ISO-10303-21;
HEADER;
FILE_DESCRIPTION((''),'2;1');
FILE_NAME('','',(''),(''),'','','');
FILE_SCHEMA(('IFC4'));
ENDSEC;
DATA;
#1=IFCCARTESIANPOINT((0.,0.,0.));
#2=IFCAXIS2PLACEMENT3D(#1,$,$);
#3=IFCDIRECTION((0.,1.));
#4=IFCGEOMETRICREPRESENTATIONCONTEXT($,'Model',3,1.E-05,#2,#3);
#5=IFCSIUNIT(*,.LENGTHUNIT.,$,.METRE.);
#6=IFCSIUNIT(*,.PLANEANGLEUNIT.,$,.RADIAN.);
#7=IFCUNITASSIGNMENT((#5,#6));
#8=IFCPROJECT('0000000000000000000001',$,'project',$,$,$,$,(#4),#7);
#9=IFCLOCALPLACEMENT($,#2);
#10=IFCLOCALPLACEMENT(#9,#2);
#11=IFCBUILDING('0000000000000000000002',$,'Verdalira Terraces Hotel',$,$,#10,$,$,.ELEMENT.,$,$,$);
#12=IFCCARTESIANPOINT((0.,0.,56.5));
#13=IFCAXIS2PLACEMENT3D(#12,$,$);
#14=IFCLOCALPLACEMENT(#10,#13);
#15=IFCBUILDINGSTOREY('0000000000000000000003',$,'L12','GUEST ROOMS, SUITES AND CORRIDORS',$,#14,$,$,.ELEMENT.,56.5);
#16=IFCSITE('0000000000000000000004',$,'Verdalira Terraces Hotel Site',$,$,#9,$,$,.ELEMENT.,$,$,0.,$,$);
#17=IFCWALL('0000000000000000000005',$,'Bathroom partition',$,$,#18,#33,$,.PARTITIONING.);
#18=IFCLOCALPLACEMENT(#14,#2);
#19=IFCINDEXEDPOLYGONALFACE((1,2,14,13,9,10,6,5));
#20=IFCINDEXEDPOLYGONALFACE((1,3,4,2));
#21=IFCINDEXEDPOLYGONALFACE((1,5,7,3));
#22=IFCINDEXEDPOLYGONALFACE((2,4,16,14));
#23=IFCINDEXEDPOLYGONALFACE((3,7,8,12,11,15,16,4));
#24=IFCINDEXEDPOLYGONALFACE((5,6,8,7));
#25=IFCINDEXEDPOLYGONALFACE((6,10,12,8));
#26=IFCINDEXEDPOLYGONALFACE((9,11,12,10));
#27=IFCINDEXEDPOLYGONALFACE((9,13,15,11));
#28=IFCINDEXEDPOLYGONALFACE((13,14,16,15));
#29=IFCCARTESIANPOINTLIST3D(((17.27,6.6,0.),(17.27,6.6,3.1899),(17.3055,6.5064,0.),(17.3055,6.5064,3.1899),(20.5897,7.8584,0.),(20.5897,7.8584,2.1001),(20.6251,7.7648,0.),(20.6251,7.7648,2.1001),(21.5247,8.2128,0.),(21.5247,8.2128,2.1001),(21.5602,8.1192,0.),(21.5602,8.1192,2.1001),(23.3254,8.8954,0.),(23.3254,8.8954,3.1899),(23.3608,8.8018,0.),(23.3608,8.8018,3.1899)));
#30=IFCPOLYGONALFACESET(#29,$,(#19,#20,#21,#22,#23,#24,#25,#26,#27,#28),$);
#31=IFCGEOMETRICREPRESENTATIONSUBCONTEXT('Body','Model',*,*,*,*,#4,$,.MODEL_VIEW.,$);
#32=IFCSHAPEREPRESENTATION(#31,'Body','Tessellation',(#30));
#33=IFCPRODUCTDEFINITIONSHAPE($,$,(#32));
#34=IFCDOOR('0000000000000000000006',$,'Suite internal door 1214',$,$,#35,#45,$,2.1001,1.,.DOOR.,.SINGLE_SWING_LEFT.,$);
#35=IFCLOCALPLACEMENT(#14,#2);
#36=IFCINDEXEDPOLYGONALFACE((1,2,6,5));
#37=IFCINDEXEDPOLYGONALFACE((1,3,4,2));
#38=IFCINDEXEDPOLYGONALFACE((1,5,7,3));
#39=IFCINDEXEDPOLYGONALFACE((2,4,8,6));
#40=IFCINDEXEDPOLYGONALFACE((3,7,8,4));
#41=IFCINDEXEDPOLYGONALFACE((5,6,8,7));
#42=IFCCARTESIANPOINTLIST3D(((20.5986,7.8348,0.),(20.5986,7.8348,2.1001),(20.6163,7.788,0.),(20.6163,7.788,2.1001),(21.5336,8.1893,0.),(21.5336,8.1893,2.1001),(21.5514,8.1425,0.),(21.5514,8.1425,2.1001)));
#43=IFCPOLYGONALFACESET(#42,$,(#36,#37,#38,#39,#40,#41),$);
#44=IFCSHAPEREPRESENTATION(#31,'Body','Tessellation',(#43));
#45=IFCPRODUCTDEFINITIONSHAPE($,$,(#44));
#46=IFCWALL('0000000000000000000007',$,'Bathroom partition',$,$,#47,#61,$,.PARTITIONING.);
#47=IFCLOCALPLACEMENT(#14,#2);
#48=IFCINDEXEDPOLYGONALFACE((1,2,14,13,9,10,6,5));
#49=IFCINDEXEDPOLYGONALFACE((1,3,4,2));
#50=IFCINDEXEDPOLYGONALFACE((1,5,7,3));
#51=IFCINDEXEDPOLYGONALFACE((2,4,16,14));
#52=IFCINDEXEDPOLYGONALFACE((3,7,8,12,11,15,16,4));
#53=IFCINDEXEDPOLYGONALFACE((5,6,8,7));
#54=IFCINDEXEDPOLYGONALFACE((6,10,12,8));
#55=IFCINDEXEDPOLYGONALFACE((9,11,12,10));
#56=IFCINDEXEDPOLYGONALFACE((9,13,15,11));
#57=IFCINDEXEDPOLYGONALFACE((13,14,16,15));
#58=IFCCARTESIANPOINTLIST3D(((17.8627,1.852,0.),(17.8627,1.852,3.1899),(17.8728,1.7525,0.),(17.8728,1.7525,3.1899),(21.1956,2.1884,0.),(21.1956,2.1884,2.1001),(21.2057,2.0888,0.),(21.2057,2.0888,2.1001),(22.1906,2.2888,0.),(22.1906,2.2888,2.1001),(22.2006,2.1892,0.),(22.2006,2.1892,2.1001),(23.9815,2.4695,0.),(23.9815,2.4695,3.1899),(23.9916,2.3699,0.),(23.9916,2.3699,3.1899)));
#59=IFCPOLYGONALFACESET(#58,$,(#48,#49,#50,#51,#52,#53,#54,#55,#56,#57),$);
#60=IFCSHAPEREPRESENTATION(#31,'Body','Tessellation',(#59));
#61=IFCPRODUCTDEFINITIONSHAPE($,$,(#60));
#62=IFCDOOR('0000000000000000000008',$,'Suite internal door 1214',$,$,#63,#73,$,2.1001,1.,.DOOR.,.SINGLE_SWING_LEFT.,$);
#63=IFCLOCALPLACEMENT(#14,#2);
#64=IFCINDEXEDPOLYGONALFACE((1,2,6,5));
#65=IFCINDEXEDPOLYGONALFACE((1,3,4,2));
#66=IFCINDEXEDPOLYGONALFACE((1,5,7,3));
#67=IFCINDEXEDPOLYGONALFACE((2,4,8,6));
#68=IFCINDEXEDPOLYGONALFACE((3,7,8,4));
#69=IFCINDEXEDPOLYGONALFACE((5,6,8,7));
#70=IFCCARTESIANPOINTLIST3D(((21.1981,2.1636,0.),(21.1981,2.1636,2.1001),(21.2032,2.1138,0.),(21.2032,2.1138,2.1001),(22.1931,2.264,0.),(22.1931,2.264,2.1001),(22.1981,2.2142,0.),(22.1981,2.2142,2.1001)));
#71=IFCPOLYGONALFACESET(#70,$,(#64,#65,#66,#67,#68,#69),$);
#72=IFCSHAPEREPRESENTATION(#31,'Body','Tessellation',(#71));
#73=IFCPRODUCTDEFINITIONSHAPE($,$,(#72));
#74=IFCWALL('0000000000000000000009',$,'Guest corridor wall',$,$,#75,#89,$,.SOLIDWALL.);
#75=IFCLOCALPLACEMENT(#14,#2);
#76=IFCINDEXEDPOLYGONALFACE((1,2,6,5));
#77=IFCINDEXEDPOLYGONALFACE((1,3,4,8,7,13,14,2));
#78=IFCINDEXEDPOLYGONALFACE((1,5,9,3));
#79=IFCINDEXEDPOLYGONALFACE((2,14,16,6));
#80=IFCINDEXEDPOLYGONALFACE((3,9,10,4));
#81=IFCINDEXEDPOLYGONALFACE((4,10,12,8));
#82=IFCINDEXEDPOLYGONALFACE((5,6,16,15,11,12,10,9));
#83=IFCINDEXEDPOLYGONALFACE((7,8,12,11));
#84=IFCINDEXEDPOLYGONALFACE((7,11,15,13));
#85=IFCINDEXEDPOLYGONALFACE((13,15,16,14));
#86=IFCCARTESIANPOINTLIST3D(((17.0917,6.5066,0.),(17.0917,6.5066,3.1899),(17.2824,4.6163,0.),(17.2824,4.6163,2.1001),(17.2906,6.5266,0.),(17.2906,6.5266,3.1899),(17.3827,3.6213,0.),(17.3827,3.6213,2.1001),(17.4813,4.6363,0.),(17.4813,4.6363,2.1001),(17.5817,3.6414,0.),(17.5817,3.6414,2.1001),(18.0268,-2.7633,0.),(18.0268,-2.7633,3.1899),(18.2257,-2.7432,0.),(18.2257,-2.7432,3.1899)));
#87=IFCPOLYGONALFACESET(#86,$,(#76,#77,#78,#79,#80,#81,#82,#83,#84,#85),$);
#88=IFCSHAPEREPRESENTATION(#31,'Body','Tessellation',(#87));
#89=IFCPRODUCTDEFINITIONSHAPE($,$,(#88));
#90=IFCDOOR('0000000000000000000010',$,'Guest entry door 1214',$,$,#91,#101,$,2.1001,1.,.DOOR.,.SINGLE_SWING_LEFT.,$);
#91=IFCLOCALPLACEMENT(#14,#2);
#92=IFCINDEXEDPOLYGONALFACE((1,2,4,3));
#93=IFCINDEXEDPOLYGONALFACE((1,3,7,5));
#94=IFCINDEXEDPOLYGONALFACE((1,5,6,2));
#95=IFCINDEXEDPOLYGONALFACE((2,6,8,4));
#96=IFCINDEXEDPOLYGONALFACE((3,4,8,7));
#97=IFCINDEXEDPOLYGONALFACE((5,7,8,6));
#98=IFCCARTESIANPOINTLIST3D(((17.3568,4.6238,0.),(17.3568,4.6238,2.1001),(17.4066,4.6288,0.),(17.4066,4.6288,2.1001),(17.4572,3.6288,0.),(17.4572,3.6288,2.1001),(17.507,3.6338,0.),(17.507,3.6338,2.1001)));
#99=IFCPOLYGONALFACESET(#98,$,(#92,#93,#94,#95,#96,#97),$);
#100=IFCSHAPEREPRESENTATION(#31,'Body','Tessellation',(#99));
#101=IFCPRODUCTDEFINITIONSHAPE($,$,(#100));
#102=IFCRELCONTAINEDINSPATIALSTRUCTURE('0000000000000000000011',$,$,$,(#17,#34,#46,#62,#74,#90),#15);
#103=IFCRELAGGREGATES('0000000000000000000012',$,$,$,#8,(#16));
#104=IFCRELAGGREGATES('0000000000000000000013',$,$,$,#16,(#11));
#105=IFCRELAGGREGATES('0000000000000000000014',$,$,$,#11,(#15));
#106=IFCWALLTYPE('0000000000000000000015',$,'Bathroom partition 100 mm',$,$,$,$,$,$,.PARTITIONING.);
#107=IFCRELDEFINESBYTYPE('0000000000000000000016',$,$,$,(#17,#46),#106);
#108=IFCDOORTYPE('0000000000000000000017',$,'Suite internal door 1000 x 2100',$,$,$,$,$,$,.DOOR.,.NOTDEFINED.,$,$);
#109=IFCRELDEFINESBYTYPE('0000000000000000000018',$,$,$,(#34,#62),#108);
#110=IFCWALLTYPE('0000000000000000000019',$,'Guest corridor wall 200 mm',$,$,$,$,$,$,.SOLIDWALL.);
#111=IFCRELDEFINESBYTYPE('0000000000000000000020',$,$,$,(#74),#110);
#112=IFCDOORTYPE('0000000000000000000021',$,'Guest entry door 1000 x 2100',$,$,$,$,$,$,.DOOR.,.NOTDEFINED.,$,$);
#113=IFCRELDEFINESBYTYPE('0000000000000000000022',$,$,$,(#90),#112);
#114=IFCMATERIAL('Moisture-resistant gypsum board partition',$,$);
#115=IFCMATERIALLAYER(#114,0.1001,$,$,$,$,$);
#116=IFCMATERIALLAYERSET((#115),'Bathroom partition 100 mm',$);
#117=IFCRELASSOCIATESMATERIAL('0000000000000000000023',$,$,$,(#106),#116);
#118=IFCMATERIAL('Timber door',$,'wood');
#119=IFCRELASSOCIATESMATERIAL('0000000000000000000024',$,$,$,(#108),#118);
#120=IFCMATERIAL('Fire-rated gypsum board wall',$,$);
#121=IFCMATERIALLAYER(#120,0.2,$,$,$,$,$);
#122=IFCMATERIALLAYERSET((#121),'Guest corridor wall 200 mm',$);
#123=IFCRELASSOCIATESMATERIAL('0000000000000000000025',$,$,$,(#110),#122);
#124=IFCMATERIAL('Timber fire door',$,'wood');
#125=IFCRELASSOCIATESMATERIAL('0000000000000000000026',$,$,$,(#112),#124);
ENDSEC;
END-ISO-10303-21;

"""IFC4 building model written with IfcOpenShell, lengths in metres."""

from ifc_helpers import new_model, si_unit, direction, frame, frame_2d, origin, place, context, subcontext, project, spatial, rectangle, extrude, material, layer, layer_set, type_object, element, fill, save


model = new_model("IFC4")

# Units and contexts
model_context = context("Model", 3, precision=1e-05, world=origin(), true_north=direction((0.0, 1.0)))
body_context = subcontext(model_context, "Body", "Model", "MODEL_VIEW")
ifc_project = project(units=[si_unit("LENGTHUNIT", "METRE"), si_unit("PLANEANGLEUNIT", "RADIAN")], contexts=[model_context])

# Site, building, storey
site_placement = place(None, origin())
site = spatial("IfcSite", under=ifc_project, at=site_placement, Name="Verdalira Terraces Hotel Site", CompositionType="ELEMENT", RefElevation=0.0)
building_placement = place(site_placement, origin())
building = spatial("IfcBuilding", under=site, at=building_placement, Name="Verdalira Terraces Hotel", CompositionType="ELEMENT")
storey_placement = place(building_placement, frame((0.0, 0.0, 56.5)))
storey = spatial("IfcBuildingStorey", under=building, at=storey_placement, Name="L12", Description="GUEST ROOMS, SUITES AND CORRIDORS", CompositionType="ELEMENT", Elevation=56.5)

# Walls, openings, doors
ifc_material_1 = material(Name="Moisture-resistant gypsum board partition")
ifc_layer_1 = layer(ifc_material_1, 0.1001)
ifc_layer_set_1 = layer_set([ifc_layer_1], Name="Bathroom partition 100 mm")
wall_type_1 = type_object("IfcWallType", Name="Bathroom partition 100 mm", PredefinedType="PARTITIONING", material=ifc_layer_set_1)
wall_1_placement = place(storey_placement, frame((17.2878, 6.5532, 0.0), z_axis=(0.0, 0.0, 1.0), x_axis=(0.935073, 0.354455, 0.0)))
wall_1 = element("IfcWall", 1, at=wall_1_placement, inside=storey, type_object=wall_type_1, Name="Bathroom partition", PredefinedType="PARTITIONING", context=body_context, shape_type="SweptSolid", body=[
    extrude(rectangle(XDim=6.4758, YDim=0.1001, at=frame_2d((3.2378, 0.0))), origin(), (0.0, 0.0, 1.0), 3.1899),
])
opening_1_placement = place(wall_1_placement, frame((3.55, 0.0, 0.0)))
opening_1 = element("IfcOpeningElement", 2, at=opening_1_placement, cuts=wall_1, PredefinedType="OPENING", context=body_context, shape_type="SweptSolid", body=[
    extrude(rectangle(XDim=1.0, YDim=2.1001, at=frame_2d((0.5, 1.05))), frame((0.0, 0.0601, 0.0), z_axis=(0.0, -1.0, 0.0), x_axis=(1.0, 0.0, 0.0)), (0.0, 0.0, 1.0), 0.1201),
])
ifc_material_2 = material(Name="Timber door", Category="wood")
door_type_1 = type_object("IfcDoorType", Name="Suite internal door 1000 x 2100", OperationType="NOTDEFINED", PredefinedType="DOOR", material=ifc_material_2)
door_1_placement = place(opening_1_placement, origin())
door_1 = element("IfcDoor", 3, at=door_1_placement, inside=storey, type_object=door_type_1, Name="Suite internal door 1214", OperationType="SINGLE_SWING_LEFT", OverallHeight=2.1001, OverallWidth=1.0, PredefinedType="DOOR", context=body_context, shape_type="SweptSolid", body=[
    extrude(rectangle(XDim=1.0, YDim=2.1001, at=frame_2d((0.5, 1.05))), frame((0.0, 0.0249, 0.0), z_axis=(0.0, -1.0, 0.0), x_axis=(1.0, 0.0, 0.0)), (0.0, 0.0, 1.0), 0.05),
])
fill(opening_1, door_1)
wall_2_placement = place(storey_placement, frame((23.9866, 2.4197, 0.0), z_axis=(0.0, 0.0, 1.0), x_axis=(-0.994948, -0.100396, 0.0)))
wall_2 = element("IfcWall", 4, at=wall_2_placement, inside=storey, type_object=wall_type_1, Name="Bathroom partition", PredefinedType="PARTITIONING", context=body_context, shape_type="SweptSolid", body=[
    extrude(rectangle(XDim=6.1499, YDim=0.1001, at=frame_2d((3.075, 0.0))), origin(), (0.0, 0.0, 1.0), 3.1899),
])
opening_2_placement = place(wall_2_placement, frame((1.8, 0.0, 0.0)))
opening_2 = element("IfcOpeningElement", 5, at=opening_2_placement, cuts=wall_2, PredefinedType="OPENING", context=body_context, shape_type="SweptSolid", body=[
    extrude(rectangle(XDim=1.0, YDim=2.1001, at=frame_2d((0.5, 1.05))), frame((0.0, 0.0601, 0.0), z_axis=(0.0, -1.0, 0.0), x_axis=(1.0, 0.0, 0.0)), (0.0, 0.0, 1.0), 0.1201),
])
door_2_placement = place(opening_2_placement, origin())
door_2 = element("IfcDoor", 6, at=door_2_placement, inside=storey, type_object=door_type_1, Name="Suite internal door 1214", OperationType="SINGLE_SWING_LEFT", OverallHeight=2.1001, OverallWidth=1.0, PredefinedType="DOOR", context=body_context, shape_type="SweptSolid", body=[
    extrude(rectangle(XDim=1.0, YDim=2.1001, at=frame_2d((0.5, 1.05))), frame((0.0, 0.0249, 0.0), z_axis=(0.0, -1.0, 0.0), x_axis=(1.0, 0.0, 0.0)), (0.0, 0.0, 1.0), 0.05),
])
fill(opening_2, door_2)
ifc_material_3 = material(Name="Fire-rated gypsum board wall")
ifc_layer_2 = layer(ifc_material_3, 0.2)
ifc_layer_set_2 = layer_set([ifc_layer_2], Name="Guest corridor wall 200 mm")
wall_type_2 = type_object("IfcWallType", Name="Guest corridor wall 200 mm", PredefinedType="SOLIDWALL", material=ifc_layer_set_2)
wall_3_placement = place(storey_placement, frame((17.1912, 6.5166, 0.0), z_axis=(0.0, 0.0, 1.0), x_axis=(0.100362, -0.994951, 0.0)))
wall_3 = element("IfcWall", 7, at=wall_3_placement, inside=storey, type_object=wall_type_2, Name="Guest corridor wall", PredefinedType="SOLIDWALL", context=body_context, shape_type="SweptSolid", body=[
    extrude(rectangle(XDim=9.3169, YDim=0.2, at=frame_2d((4.6584, 0.0))), origin(), (0.0, 0.0, 1.0), 3.1899),
])
opening_3_placement = place(wall_3_placement, frame((1.8999, 0.0, 0.0)))
opening_3 = element("IfcOpeningElement", 8, at=opening_3_placement, cuts=wall_3, PredefinedType="OPENING", context=body_context, shape_type="SweptSolid", body=[
    extrude(rectangle(XDim=1.0, YDim=2.1001, at=frame_2d((0.5, 1.05))), frame((0.0, 0.1099, 0.0), z_axis=(0.0, -1.0, 0.0), x_axis=(1.0, 0.0, 0.0)), (0.0, 0.0, 1.0), 0.22),
])
ifc_material_4 = material(Name="Timber fire door", Category="wood")
door_type_2 = type_object("IfcDoorType", Name="Guest entry door 1000 x 2100", OperationType="NOTDEFINED", PredefinedType="DOOR", material=ifc_material_4)
door_3_placement = place(opening_3_placement, origin())
door_3 = element("IfcDoor", 9, at=door_3_placement, inside=storey, type_object=door_type_2, Name="Guest entry door 1214", OperationType="SINGLE_SWING_LEFT", OverallHeight=2.1001, OverallWidth=1.0, PredefinedType="DOOR", context=body_context, shape_type="SweptSolid", body=[
    extrude(rectangle(XDim=1.0, YDim=2.1001, at=frame_2d((0.5, 1.05))), frame((0.0, 0.0249, 0.0), z_axis=(0.0, -1.0, 0.0), x_axis=(1.0, 0.0, 0.0)), (0.0, 0.0, 1.0), 0.05),
])
fill(opening_3, door_3)

save(model, "model.ifc")
